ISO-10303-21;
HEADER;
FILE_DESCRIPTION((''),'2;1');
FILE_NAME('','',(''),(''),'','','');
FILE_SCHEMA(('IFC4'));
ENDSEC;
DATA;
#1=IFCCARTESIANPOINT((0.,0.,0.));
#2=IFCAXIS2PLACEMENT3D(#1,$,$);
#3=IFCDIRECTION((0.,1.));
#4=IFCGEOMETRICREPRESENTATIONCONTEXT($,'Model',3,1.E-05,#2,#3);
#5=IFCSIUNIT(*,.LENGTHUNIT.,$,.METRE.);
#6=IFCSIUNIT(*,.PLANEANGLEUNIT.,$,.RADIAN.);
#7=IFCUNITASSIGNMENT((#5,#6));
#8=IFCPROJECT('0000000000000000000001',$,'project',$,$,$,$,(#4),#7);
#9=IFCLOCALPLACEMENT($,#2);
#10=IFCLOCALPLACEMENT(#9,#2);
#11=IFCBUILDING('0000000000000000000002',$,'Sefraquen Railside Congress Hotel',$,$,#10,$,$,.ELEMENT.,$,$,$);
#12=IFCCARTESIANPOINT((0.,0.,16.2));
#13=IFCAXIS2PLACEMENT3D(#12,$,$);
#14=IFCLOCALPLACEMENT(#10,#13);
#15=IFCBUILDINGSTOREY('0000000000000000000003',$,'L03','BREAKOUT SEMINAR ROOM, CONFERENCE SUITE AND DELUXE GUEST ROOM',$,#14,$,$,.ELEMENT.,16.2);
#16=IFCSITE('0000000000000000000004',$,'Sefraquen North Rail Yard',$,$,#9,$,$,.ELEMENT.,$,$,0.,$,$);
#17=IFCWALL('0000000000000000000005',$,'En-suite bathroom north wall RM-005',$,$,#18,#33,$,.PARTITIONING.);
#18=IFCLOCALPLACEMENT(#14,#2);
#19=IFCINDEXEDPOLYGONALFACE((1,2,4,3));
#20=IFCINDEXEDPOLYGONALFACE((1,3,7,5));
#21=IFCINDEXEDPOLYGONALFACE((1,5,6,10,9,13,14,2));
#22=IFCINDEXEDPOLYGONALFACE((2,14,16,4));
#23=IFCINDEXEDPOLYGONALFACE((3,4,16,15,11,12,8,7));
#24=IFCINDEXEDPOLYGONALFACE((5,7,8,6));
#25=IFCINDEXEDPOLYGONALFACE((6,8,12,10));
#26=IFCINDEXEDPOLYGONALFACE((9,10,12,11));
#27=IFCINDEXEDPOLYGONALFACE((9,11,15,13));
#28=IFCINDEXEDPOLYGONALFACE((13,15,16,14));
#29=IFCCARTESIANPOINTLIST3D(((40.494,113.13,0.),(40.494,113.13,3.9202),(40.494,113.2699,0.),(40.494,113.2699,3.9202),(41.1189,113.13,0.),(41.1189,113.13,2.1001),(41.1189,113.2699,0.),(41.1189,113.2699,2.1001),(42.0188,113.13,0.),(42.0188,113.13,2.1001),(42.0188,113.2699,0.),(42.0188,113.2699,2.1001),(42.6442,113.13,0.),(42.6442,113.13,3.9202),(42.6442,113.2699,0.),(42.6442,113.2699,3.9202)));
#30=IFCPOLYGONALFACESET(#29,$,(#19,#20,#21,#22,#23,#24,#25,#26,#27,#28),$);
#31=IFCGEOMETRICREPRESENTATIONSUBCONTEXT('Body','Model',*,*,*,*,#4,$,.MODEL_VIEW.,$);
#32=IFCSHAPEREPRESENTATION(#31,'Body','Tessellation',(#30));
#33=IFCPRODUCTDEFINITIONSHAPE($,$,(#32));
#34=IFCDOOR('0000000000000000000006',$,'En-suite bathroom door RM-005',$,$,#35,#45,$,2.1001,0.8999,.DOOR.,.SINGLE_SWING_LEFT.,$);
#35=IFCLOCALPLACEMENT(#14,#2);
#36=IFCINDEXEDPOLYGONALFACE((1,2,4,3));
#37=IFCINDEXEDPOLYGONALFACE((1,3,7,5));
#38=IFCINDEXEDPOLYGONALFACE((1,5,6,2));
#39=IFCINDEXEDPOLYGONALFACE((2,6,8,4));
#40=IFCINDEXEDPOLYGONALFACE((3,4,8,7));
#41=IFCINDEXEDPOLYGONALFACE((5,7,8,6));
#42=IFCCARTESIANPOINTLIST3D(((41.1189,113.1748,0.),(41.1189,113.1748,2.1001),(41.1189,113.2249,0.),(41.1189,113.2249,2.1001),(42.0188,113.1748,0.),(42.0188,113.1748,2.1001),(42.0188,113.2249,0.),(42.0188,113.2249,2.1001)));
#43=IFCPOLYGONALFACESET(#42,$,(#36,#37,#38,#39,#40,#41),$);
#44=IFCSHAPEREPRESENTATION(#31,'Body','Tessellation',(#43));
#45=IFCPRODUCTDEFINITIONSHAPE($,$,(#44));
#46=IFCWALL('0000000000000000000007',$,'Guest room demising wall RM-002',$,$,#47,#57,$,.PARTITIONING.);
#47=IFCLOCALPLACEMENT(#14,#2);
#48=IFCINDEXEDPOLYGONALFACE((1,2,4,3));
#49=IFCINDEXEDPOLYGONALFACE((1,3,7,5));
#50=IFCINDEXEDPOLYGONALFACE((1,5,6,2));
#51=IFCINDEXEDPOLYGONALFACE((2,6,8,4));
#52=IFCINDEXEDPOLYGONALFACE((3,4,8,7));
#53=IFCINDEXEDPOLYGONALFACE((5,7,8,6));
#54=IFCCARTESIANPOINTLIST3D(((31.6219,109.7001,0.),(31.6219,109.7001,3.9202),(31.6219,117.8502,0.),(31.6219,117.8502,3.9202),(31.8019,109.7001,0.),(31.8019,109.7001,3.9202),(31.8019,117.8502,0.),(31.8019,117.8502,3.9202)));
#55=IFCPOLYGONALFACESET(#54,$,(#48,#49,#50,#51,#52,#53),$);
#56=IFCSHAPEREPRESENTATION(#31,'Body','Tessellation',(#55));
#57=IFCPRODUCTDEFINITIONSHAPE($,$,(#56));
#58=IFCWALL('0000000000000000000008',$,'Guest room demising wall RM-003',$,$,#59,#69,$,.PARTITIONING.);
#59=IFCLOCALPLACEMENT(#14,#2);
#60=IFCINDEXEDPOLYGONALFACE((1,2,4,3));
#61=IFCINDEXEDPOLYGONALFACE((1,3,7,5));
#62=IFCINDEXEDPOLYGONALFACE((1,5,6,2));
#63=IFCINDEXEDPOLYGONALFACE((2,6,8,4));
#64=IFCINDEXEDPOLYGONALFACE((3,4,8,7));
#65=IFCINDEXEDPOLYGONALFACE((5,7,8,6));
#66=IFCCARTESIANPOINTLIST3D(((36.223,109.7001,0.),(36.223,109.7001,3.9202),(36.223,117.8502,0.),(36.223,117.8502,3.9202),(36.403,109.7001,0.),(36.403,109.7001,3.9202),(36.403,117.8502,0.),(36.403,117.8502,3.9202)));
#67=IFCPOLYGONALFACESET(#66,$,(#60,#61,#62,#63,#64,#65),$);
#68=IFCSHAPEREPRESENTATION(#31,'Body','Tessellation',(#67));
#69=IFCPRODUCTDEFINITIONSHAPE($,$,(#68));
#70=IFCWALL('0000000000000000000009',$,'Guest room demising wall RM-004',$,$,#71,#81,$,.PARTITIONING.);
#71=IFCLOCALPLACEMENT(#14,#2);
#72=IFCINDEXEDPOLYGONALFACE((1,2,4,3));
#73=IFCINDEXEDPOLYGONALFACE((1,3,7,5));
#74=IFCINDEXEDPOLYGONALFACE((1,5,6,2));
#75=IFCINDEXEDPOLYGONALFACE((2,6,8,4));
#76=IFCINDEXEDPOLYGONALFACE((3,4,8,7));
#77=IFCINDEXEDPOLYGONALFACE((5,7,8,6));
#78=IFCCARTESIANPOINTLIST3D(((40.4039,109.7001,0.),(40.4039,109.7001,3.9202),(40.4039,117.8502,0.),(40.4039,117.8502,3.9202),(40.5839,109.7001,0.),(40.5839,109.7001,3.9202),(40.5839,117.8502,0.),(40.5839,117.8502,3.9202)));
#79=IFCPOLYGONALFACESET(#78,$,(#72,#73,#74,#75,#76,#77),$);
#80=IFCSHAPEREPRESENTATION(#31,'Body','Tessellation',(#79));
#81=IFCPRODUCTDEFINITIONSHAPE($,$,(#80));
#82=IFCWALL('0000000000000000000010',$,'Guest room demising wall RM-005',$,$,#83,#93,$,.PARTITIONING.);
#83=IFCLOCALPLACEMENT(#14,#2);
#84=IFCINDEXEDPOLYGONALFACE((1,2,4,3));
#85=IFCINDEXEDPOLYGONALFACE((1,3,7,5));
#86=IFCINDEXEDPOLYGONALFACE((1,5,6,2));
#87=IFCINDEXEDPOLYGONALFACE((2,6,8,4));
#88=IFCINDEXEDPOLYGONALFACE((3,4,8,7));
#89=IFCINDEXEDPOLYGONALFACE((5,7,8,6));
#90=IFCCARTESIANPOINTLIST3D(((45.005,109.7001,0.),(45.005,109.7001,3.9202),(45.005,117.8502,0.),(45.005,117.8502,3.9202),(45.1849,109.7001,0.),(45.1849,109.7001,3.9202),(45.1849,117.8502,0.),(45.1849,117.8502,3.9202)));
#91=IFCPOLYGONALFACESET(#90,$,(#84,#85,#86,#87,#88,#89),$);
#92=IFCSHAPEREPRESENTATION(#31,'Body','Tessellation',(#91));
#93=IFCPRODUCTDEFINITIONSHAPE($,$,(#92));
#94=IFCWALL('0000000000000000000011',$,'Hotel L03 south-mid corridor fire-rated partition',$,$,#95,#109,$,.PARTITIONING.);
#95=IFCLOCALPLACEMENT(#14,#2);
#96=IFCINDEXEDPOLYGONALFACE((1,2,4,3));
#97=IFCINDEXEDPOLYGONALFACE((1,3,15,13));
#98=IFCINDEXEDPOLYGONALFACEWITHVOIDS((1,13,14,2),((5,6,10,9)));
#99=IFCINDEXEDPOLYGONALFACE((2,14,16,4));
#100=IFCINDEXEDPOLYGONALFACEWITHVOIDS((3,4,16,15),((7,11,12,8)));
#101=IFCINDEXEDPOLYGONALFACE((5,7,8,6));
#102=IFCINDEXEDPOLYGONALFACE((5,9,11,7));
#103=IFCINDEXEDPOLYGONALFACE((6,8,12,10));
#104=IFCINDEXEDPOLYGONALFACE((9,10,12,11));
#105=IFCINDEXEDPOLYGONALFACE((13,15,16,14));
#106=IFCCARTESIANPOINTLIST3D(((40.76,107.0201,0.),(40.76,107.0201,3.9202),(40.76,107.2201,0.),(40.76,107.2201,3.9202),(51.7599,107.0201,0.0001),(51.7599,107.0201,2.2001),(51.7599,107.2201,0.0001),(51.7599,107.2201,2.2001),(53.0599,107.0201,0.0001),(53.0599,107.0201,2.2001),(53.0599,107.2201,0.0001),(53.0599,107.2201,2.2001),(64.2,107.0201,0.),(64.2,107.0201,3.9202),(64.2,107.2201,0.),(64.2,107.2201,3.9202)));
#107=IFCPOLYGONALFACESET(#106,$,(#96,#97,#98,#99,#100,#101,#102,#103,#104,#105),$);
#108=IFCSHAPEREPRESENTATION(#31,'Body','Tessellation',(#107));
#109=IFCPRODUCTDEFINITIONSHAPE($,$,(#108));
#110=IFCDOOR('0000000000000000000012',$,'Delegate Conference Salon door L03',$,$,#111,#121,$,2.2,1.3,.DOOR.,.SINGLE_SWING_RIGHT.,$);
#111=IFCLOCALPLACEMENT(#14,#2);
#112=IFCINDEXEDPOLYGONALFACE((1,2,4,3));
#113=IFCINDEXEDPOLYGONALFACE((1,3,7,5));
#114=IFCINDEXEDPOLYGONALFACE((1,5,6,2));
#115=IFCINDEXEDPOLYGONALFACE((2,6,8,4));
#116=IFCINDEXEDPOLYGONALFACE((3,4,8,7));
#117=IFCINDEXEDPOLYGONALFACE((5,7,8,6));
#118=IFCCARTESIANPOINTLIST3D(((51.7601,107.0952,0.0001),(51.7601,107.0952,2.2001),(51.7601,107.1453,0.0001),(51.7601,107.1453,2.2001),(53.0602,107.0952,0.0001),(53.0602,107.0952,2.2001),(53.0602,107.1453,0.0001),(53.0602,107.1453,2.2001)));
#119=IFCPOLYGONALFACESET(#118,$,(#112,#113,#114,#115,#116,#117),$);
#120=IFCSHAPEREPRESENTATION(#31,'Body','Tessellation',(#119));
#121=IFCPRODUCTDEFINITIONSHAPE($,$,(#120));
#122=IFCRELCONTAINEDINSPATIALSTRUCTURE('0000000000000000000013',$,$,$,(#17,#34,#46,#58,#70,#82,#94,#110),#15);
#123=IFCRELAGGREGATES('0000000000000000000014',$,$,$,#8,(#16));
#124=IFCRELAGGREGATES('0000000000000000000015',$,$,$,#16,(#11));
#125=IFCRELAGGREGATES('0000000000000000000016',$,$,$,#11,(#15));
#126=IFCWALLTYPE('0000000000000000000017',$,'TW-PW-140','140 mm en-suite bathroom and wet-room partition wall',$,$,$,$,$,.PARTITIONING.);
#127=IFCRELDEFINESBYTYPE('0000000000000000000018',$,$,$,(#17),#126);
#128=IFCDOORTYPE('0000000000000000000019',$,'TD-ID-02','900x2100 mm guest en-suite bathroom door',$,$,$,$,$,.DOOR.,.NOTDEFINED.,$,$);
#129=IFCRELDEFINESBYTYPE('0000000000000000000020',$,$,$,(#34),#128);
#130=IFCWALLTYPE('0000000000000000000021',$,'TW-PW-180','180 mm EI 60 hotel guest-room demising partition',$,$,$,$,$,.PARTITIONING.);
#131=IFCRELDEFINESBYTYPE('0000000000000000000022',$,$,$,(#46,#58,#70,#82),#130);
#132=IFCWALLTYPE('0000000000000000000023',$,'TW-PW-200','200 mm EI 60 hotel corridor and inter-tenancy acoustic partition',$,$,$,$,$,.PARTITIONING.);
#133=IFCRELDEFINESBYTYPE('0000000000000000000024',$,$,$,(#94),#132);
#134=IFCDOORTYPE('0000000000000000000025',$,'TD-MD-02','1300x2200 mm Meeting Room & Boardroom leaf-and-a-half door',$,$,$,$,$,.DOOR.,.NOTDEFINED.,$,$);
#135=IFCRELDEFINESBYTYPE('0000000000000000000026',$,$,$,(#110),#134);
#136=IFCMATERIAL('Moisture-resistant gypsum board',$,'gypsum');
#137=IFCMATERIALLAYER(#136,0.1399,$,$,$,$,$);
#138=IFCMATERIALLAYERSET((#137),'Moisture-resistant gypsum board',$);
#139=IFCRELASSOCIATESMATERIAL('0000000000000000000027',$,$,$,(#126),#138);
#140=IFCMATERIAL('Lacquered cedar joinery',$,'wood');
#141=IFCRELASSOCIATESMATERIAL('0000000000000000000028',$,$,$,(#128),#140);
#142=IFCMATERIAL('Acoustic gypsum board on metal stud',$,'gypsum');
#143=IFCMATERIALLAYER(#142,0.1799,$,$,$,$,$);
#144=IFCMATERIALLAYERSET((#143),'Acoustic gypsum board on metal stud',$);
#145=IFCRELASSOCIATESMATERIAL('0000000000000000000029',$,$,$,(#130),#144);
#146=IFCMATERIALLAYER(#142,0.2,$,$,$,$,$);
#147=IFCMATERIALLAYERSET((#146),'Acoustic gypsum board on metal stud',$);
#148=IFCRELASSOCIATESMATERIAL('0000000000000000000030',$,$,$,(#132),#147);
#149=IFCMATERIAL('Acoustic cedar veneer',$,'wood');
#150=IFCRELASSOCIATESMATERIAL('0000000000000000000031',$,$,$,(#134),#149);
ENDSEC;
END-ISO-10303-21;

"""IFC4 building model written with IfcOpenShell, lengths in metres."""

from ifc_helpers import new_model, si_unit, direction, frame, frame_2d, origin, place, context, subcontext, project, spatial, rectangle, extrude, material, layer, layer_set, type_object, element, fill, save


model = new_model("IFC4")

# Units and contexts
model_context = context("Model", 3, precision=1e-05, world=origin(), true_north=direction((0.0, 1.0)))
body_context = subcontext(model_context, "Body", "Model", "MODEL_VIEW")
ifc_project = project(units=[si_unit("LENGTHUNIT", "METRE"), si_unit("PLANEANGLEUNIT", "RADIAN")], contexts=[model_context])

# Site, building, storey
site_placement = place(None, origin())
site = spatial("IfcSite", under=ifc_project, at=site_placement, Name="Sefraquen North Rail Yard", CompositionType="ELEMENT", RefElevation=0.0)
building_placement = place(site_placement, origin())
building = spatial("IfcBuilding", under=site, at=building_placement, Name="Sefraquen Railside Congress Hotel", CompositionType="ELEMENT")
storey_placement = place(building_placement, frame((0.0, 0.0, 16.2)))
storey = spatial("IfcBuildingStorey", under=building, at=storey_placement, Name="L03", Description="BREAKOUT SEMINAR ROOM, CONFERENCE SUITE AND DELUXE GUEST ROOM", CompositionType="ELEMENT", Elevation=16.2)

# Shared definitions
ifc_material_1 = material(Name="Moisture-resistant gypsum board", Category="gypsum")
ifc_layer_1 = layer(ifc_material_1, 0.1399)
ifc_layer_set_1 = layer_set([ifc_layer_1], Name="Moisture-resistant gypsum board")
wall_type_1 = type_object("IfcWallType", Name="TW-PW-140", Description="140 mm en-suite bathroom and wet-room partition wall", PredefinedType="PARTITIONING", material=ifc_layer_set_1)

# Shared definitions
ifc_material_2 = material(Name="Lacquered cedar joinery", Category="wood")

# Wall, opening, door
wall_1_placement = place(storey_placement, frame((40.4939, 113.2, 0.0), z_axis=(0.0, 0.0, 1.0), x_axis=(1.0, 0.0, 0.0)))
wall_1 = element("IfcWall", 1, at=wall_1_placement, inside=storey, type_object=wall_type_1, Name="En-suite bathroom north wall RM-005", PredefinedType="PARTITIONING", context=body_context, shape_type="SweptSolid", body=[
    extrude(rectangle(XDim=2.1501, YDim=0.1399, at=frame_2d((1.0752, 0.0))), origin(), (0.0, 0.0, 1.0), 3.9202),
])
opening_1_placement = place(wall_1_placement, frame((0.625, 0.0, 0.0)))
opening_1 = element("IfcOpeningElement", 2, at=opening_1_placement, cuts=wall_1, PredefinedType="OPENING", context=body_context, shape_type="SweptSolid", body=[
    extrude(rectangle(XDim=0.8999, YDim=2.1001, at=frame_2d((0.45, 1.05))), frame((0.0, 0.0798, 0.0), z_axis=(0.0, -1.0, 0.0), x_axis=(1.0, 0.0, 0.0)), (0.0, 0.0, 1.0), 0.1599),
])
door_type_1 = type_object("IfcDoorType", Name="TD-ID-02", Description="900x2100 mm guest en-suite bathroom door", OperationType="NOTDEFINED", PredefinedType="DOOR", material=ifc_material_2)
door_1_placement = place(opening_1_placement, origin())
door_1 = element("IfcDoor", 3, at=door_1_placement, inside=storey, type_object=door_type_1, Name="En-suite bathroom door RM-005", OperationType="SINGLE_SWING_LEFT", OverallHeight=2.1001, OverallWidth=0.8999, PredefinedType="DOOR", context=body_context, shape_type="SweptSolid", body=[
    extrude(rectangle(XDim=0.8999, YDim=2.1001, at=frame_2d((0.45, 1.05))), frame((0.0, 0.0249, 0.0), z_axis=(0.0, -1.0, 0.0), x_axis=(1.0, 0.0, 0.0)), (0.0, 0.0, 1.0), 0.05),
])
fill(opening_1, door_1)

# Walls
ifc_material_3 = material(Name="Acoustic gypsum board on metal stud", Category="gypsum")
ifc_layer_2 = layer(ifc_material_3, 0.1799)
ifc_layer_set_2 = layer_set([ifc_layer_2], Name="Acoustic gypsum board on metal stud")
wall_type_2 = type_object("IfcWallType", Name="TW-PW-180", Description="180 mm EI 60 hotel guest-room demising partition", PredefinedType="PARTITIONING", material=ifc_layer_set_2)
for number, where, z_axis, x_axis, name in (
    (4, (31.7119, 109.7, 0.0), (0.0, 0.0, 1.0), (0.0, 1.0, 0.0), "Guest room demising wall RM-002"),
    (5, (36.313, 109.7, 0.0), (0.0, 0.0, 1.0), (0.0, 1.0, 0.0), "Guest room demising wall RM-003"),
    (6, (40.4939, 109.7, 0.0), (0.0, 0.0, 1.0), (0.0, 1.0, 0.0), "Guest room demising wall RM-004"),
    (7, (45.095, 109.7, 0.0), (0.0, 0.0, 1.0), (0.0, 1.0, 0.0), "Guest room demising wall RM-005"),
):
    element("IfcWall", number, at=place(storey_placement, frame(where, z_axis=z_axis, x_axis=x_axis)), inside=storey, type_object=wall_type_2, Name=name, PredefinedType="PARTITIONING", context=body_context, shape_type="SweptSolid", body=[
        extrude(rectangle(XDim=8.1501, YDim=0.1799, at=frame_2d((4.0752, 0.0))), origin(), (0.0, 0.0, 1.0), 3.9202),
    ])

# Wall, opening, door
ifc_layer_3 = layer(ifc_material_3, 0.2)
ifc_layer_set_3 = layer_set([ifc_layer_3], Name="Acoustic gypsum board on metal stud")
wall_type_3 = type_object("IfcWallType", Name="TW-PW-200", Description="200 mm EI 60 hotel corridor and inter-tenancy acoustic partition", PredefinedType="PARTITIONING", material=ifc_layer_set_3)
wall_2_placement = place(storey_placement, frame((40.76, 107.1201, 0.0), z_axis=(0.0, 0.0, 1.0), x_axis=(1.0, 0.0, 0.0)))
wall_2 = element("IfcWall", 8, at=wall_2_placement, inside=storey, type_object=wall_type_3, Name="Hotel L03 south-mid corridor fire-rated partition", PredefinedType="PARTITIONING", context=body_context, shape_type="SweptSolid", body=[
    extrude(rectangle(XDim=23.4399, YDim=0.2, at=frame_2d((11.72, 0.0))), origin(), (0.0, 0.0, 1.0), 3.9202),
])
opening_2_placement = place(wall_2_placement, frame((11.0, 0.0, 0.0)))
opening_2 = element("IfcOpeningElement", 9, at=opening_2_placement, cuts=wall_2, PredefinedType="OPENING", context=body_context, shape_type="SweptSolid", body=[
    extrude(rectangle(XDim=1.3, YDim=2.2, at=frame_2d((0.6499, 1.1001))), frame((0.0, 0.1099, 0.0), z_axis=(0.0, -1.0, 0.0), x_axis=(1.0, 0.0, 0.0)), (0.0, 0.0, 1.0), 0.22),
])
ifc_material_4 = material(Name="Acoustic cedar veneer", Category="wood")
door_type_2 = type_object("IfcDoorType", Name="TD-MD-02", Description="1300x2200 mm Meeting Room & Boardroom leaf-and-a-half door", OperationType="NOTDEFINED", PredefinedType="DOOR", material=ifc_material_4)
door_2_placement = place(opening_2_placement, frame((1.3, 0.0, 0.0), z_axis=(0.0, 0.0, 1.0), x_axis=(-1.0, 0.0, 0.0)))
door_2 = element("IfcDoor", 10, at=door_2_placement, inside=storey, type_object=door_type_2, Name="Delegate Conference Salon door L03", OperationType="SINGLE_SWING_RIGHT", OverallHeight=2.2, OverallWidth=1.3, PredefinedType="DOOR", context=body_context, shape_type="SweptSolid", body=[
    extrude(rectangle(XDim=1.3, YDim=2.2, at=frame_2d((0.6499, 1.1001))), frame((0.0, 0.0249, 0.0), z_axis=(0.0, -1.0, 0.0), x_axis=(1.0, 0.0, 0.0)), (0.0, 0.0, 1.0), 0.05),
])
fill(opening_2, door_2)

save(model, "model.ifc")
